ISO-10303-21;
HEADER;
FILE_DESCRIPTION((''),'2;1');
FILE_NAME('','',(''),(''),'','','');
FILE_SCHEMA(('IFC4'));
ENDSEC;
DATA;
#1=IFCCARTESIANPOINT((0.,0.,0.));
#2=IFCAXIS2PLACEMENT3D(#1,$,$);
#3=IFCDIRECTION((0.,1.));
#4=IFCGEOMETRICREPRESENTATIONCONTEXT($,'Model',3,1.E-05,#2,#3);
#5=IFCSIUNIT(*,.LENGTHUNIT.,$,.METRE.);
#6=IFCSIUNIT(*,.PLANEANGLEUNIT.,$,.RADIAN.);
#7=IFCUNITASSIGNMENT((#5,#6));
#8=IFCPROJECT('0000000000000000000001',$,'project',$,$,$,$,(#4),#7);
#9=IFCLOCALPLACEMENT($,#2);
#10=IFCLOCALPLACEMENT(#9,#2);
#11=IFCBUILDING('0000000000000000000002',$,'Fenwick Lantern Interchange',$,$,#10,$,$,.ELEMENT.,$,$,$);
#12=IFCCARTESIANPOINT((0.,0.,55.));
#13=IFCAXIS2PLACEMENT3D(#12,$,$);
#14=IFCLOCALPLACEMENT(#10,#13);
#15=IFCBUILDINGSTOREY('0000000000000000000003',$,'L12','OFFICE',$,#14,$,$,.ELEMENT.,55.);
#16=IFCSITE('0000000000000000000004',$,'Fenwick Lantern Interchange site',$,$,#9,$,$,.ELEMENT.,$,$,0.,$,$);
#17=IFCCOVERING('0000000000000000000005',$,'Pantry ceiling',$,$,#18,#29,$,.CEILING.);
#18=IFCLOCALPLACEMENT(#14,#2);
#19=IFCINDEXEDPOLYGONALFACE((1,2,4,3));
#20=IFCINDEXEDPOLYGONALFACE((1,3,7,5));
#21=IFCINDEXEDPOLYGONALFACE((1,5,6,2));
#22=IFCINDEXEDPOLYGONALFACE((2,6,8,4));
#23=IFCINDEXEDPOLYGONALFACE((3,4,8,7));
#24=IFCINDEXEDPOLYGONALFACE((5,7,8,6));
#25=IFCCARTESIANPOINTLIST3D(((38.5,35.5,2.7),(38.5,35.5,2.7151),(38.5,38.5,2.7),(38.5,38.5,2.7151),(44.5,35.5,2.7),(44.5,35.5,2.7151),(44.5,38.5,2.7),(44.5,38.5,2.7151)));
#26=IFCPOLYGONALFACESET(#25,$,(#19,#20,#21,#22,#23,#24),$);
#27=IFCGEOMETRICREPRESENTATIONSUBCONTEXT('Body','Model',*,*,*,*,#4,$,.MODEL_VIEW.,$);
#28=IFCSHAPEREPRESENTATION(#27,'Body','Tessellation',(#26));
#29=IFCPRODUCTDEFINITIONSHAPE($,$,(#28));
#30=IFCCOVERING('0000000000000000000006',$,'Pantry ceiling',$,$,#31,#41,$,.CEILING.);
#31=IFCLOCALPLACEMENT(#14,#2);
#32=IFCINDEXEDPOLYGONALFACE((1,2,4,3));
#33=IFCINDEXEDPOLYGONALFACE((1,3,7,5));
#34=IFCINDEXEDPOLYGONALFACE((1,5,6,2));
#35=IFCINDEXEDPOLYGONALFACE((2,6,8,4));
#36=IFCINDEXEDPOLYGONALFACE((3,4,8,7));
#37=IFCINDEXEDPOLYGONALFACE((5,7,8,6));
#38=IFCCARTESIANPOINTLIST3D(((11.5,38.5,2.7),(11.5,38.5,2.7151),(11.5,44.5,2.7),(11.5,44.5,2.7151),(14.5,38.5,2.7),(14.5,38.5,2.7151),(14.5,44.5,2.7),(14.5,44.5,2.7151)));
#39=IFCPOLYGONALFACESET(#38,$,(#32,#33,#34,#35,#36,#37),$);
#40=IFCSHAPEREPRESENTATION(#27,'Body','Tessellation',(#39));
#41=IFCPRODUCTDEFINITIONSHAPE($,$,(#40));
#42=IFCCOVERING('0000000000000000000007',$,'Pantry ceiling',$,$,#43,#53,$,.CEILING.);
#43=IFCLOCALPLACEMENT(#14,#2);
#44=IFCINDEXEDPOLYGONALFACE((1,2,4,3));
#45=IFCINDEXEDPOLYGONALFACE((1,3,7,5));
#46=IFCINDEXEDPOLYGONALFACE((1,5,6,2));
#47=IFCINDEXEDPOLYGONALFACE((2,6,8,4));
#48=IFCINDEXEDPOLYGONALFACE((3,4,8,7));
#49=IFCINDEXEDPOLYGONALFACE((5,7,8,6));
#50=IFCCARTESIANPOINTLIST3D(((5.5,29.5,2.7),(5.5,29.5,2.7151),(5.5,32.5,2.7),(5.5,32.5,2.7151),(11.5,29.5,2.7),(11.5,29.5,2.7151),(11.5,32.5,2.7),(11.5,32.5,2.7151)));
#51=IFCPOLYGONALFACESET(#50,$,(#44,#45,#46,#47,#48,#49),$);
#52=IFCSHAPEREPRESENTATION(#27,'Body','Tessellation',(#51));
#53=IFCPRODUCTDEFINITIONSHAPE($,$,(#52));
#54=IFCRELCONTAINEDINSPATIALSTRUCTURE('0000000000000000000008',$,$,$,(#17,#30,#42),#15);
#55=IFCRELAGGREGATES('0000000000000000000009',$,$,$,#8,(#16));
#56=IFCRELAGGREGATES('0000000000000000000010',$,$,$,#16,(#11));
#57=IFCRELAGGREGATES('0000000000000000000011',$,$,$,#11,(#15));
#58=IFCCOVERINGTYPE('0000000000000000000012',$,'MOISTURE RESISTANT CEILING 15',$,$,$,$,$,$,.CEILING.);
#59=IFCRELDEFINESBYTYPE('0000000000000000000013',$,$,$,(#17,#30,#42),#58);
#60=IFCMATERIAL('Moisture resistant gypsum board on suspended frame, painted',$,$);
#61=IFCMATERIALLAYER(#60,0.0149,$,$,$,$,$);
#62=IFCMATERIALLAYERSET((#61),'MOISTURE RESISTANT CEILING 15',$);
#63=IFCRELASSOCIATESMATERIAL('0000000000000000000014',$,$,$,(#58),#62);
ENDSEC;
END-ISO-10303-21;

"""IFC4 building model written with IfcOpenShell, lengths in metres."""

from ifc_helpers import new_model, si_unit, direction, frame, origin, place, context, subcontext, project, spatial, polyline, outline, extrude, material, layer, layer_set, type_object, element, save


model = new_model("IFC4")

# Units and contexts
model_context = context("Model", 3, precision=1e-05, world=origin(), true_north=direction((0.0, 1.0)))
body_context = subcontext(model_context, "Body", "Model", "MODEL_VIEW")
ifc_project = project(units=[si_unit("LENGTHUNIT", "METRE"), si_unit("PLANEANGLEUNIT", "RADIAN")], contexts=[model_context])

# Site, building, storey
site_placement = place(None, origin())
site = spatial("IfcSite", under=ifc_project, at=site_placement, Name="Fenwick Lantern Interchange site", CompositionType="ELEMENT", RefElevation=0.0)
building_placement = place(site_placement, origin())
building = spatial("IfcBuilding", under=site, at=building_placement, Name="Fenwick Lantern Interchange", CompositionType="ELEMENT")
storey_placement = place(building_placement, frame((0.0, 0.0, 55.0)))
storey = spatial("IfcBuildingStorey", under=building, at=storey_placement, Name="L12", Description="OFFICE", CompositionType="ELEMENT", Elevation=55.0)

# Coverings
ifc_material_1 = material(Name="Moisture resistant gypsum board on suspended frame, painted")
ifc_layer_1 = layer(ifc_material_1, 0.0149)
ifc_layer_set_1 = layer_set([ifc_layer_1], Name="MOISTURE RESISTANT CEILING 15")
covering_type_1 = type_object("IfcCoveringType", Name="MOISTURE RESISTANT CEILING 15", PredefinedType="CEILING", material=ifc_layer_set_1)
covering_1_placement = place(storey_placement, frame((0.0, 0.0, 2.7)))
element("IfcCovering", 1, at=covering_1_placement, inside=storey, type_object=covering_type_1, Name="Pantry ceiling", PredefinedType="CEILING", context=body_context, shape_type="SweptSolid", body=[
    extrude(outline(polyline([(44.5, 35.5), (44.5, 38.5), (38.5, 38.5), (38.5, 35.5), (44.5, 35.5)])), origin(), (0.0, 0.0, 1.0), 0.0151),
])
covering_2_placement = place(storey_placement, frame((0.0, 0.0, 2.7)))
element("IfcCovering", 2, at=covering_2_placement, inside=storey, type_object=covering_type_1, Name="Pantry ceiling", PredefinedType="CEILING", context=body_context, shape_type="SweptSolid", body=[
    extrude(outline(polyline([(14.5, 44.5), (11.5, 44.5), (11.5, 38.5), (14.5, 38.5), (14.5, 44.5)])), origin(), (0.0, 0.0, 1.0), 0.0151),
])
covering_3_placement = place(storey_placement, frame((0.0, 0.0, 2.7)))
element("IfcCovering", 3, at=covering_3_placement, inside=storey, type_object=covering_type_1, Name="Pantry ceiling", PredefinedType="CEILING", context=body_context, shape_type="SweptSolid", body=[
    extrude(outline(polyline([(5.5, 32.5), (5.5, 29.5), (11.5, 29.5), (11.5, 32.5), (5.5, 32.5)])), origin(), (0.0, 0.0, 1.0), 0.0151),
])

save(model, "model.ifc")
